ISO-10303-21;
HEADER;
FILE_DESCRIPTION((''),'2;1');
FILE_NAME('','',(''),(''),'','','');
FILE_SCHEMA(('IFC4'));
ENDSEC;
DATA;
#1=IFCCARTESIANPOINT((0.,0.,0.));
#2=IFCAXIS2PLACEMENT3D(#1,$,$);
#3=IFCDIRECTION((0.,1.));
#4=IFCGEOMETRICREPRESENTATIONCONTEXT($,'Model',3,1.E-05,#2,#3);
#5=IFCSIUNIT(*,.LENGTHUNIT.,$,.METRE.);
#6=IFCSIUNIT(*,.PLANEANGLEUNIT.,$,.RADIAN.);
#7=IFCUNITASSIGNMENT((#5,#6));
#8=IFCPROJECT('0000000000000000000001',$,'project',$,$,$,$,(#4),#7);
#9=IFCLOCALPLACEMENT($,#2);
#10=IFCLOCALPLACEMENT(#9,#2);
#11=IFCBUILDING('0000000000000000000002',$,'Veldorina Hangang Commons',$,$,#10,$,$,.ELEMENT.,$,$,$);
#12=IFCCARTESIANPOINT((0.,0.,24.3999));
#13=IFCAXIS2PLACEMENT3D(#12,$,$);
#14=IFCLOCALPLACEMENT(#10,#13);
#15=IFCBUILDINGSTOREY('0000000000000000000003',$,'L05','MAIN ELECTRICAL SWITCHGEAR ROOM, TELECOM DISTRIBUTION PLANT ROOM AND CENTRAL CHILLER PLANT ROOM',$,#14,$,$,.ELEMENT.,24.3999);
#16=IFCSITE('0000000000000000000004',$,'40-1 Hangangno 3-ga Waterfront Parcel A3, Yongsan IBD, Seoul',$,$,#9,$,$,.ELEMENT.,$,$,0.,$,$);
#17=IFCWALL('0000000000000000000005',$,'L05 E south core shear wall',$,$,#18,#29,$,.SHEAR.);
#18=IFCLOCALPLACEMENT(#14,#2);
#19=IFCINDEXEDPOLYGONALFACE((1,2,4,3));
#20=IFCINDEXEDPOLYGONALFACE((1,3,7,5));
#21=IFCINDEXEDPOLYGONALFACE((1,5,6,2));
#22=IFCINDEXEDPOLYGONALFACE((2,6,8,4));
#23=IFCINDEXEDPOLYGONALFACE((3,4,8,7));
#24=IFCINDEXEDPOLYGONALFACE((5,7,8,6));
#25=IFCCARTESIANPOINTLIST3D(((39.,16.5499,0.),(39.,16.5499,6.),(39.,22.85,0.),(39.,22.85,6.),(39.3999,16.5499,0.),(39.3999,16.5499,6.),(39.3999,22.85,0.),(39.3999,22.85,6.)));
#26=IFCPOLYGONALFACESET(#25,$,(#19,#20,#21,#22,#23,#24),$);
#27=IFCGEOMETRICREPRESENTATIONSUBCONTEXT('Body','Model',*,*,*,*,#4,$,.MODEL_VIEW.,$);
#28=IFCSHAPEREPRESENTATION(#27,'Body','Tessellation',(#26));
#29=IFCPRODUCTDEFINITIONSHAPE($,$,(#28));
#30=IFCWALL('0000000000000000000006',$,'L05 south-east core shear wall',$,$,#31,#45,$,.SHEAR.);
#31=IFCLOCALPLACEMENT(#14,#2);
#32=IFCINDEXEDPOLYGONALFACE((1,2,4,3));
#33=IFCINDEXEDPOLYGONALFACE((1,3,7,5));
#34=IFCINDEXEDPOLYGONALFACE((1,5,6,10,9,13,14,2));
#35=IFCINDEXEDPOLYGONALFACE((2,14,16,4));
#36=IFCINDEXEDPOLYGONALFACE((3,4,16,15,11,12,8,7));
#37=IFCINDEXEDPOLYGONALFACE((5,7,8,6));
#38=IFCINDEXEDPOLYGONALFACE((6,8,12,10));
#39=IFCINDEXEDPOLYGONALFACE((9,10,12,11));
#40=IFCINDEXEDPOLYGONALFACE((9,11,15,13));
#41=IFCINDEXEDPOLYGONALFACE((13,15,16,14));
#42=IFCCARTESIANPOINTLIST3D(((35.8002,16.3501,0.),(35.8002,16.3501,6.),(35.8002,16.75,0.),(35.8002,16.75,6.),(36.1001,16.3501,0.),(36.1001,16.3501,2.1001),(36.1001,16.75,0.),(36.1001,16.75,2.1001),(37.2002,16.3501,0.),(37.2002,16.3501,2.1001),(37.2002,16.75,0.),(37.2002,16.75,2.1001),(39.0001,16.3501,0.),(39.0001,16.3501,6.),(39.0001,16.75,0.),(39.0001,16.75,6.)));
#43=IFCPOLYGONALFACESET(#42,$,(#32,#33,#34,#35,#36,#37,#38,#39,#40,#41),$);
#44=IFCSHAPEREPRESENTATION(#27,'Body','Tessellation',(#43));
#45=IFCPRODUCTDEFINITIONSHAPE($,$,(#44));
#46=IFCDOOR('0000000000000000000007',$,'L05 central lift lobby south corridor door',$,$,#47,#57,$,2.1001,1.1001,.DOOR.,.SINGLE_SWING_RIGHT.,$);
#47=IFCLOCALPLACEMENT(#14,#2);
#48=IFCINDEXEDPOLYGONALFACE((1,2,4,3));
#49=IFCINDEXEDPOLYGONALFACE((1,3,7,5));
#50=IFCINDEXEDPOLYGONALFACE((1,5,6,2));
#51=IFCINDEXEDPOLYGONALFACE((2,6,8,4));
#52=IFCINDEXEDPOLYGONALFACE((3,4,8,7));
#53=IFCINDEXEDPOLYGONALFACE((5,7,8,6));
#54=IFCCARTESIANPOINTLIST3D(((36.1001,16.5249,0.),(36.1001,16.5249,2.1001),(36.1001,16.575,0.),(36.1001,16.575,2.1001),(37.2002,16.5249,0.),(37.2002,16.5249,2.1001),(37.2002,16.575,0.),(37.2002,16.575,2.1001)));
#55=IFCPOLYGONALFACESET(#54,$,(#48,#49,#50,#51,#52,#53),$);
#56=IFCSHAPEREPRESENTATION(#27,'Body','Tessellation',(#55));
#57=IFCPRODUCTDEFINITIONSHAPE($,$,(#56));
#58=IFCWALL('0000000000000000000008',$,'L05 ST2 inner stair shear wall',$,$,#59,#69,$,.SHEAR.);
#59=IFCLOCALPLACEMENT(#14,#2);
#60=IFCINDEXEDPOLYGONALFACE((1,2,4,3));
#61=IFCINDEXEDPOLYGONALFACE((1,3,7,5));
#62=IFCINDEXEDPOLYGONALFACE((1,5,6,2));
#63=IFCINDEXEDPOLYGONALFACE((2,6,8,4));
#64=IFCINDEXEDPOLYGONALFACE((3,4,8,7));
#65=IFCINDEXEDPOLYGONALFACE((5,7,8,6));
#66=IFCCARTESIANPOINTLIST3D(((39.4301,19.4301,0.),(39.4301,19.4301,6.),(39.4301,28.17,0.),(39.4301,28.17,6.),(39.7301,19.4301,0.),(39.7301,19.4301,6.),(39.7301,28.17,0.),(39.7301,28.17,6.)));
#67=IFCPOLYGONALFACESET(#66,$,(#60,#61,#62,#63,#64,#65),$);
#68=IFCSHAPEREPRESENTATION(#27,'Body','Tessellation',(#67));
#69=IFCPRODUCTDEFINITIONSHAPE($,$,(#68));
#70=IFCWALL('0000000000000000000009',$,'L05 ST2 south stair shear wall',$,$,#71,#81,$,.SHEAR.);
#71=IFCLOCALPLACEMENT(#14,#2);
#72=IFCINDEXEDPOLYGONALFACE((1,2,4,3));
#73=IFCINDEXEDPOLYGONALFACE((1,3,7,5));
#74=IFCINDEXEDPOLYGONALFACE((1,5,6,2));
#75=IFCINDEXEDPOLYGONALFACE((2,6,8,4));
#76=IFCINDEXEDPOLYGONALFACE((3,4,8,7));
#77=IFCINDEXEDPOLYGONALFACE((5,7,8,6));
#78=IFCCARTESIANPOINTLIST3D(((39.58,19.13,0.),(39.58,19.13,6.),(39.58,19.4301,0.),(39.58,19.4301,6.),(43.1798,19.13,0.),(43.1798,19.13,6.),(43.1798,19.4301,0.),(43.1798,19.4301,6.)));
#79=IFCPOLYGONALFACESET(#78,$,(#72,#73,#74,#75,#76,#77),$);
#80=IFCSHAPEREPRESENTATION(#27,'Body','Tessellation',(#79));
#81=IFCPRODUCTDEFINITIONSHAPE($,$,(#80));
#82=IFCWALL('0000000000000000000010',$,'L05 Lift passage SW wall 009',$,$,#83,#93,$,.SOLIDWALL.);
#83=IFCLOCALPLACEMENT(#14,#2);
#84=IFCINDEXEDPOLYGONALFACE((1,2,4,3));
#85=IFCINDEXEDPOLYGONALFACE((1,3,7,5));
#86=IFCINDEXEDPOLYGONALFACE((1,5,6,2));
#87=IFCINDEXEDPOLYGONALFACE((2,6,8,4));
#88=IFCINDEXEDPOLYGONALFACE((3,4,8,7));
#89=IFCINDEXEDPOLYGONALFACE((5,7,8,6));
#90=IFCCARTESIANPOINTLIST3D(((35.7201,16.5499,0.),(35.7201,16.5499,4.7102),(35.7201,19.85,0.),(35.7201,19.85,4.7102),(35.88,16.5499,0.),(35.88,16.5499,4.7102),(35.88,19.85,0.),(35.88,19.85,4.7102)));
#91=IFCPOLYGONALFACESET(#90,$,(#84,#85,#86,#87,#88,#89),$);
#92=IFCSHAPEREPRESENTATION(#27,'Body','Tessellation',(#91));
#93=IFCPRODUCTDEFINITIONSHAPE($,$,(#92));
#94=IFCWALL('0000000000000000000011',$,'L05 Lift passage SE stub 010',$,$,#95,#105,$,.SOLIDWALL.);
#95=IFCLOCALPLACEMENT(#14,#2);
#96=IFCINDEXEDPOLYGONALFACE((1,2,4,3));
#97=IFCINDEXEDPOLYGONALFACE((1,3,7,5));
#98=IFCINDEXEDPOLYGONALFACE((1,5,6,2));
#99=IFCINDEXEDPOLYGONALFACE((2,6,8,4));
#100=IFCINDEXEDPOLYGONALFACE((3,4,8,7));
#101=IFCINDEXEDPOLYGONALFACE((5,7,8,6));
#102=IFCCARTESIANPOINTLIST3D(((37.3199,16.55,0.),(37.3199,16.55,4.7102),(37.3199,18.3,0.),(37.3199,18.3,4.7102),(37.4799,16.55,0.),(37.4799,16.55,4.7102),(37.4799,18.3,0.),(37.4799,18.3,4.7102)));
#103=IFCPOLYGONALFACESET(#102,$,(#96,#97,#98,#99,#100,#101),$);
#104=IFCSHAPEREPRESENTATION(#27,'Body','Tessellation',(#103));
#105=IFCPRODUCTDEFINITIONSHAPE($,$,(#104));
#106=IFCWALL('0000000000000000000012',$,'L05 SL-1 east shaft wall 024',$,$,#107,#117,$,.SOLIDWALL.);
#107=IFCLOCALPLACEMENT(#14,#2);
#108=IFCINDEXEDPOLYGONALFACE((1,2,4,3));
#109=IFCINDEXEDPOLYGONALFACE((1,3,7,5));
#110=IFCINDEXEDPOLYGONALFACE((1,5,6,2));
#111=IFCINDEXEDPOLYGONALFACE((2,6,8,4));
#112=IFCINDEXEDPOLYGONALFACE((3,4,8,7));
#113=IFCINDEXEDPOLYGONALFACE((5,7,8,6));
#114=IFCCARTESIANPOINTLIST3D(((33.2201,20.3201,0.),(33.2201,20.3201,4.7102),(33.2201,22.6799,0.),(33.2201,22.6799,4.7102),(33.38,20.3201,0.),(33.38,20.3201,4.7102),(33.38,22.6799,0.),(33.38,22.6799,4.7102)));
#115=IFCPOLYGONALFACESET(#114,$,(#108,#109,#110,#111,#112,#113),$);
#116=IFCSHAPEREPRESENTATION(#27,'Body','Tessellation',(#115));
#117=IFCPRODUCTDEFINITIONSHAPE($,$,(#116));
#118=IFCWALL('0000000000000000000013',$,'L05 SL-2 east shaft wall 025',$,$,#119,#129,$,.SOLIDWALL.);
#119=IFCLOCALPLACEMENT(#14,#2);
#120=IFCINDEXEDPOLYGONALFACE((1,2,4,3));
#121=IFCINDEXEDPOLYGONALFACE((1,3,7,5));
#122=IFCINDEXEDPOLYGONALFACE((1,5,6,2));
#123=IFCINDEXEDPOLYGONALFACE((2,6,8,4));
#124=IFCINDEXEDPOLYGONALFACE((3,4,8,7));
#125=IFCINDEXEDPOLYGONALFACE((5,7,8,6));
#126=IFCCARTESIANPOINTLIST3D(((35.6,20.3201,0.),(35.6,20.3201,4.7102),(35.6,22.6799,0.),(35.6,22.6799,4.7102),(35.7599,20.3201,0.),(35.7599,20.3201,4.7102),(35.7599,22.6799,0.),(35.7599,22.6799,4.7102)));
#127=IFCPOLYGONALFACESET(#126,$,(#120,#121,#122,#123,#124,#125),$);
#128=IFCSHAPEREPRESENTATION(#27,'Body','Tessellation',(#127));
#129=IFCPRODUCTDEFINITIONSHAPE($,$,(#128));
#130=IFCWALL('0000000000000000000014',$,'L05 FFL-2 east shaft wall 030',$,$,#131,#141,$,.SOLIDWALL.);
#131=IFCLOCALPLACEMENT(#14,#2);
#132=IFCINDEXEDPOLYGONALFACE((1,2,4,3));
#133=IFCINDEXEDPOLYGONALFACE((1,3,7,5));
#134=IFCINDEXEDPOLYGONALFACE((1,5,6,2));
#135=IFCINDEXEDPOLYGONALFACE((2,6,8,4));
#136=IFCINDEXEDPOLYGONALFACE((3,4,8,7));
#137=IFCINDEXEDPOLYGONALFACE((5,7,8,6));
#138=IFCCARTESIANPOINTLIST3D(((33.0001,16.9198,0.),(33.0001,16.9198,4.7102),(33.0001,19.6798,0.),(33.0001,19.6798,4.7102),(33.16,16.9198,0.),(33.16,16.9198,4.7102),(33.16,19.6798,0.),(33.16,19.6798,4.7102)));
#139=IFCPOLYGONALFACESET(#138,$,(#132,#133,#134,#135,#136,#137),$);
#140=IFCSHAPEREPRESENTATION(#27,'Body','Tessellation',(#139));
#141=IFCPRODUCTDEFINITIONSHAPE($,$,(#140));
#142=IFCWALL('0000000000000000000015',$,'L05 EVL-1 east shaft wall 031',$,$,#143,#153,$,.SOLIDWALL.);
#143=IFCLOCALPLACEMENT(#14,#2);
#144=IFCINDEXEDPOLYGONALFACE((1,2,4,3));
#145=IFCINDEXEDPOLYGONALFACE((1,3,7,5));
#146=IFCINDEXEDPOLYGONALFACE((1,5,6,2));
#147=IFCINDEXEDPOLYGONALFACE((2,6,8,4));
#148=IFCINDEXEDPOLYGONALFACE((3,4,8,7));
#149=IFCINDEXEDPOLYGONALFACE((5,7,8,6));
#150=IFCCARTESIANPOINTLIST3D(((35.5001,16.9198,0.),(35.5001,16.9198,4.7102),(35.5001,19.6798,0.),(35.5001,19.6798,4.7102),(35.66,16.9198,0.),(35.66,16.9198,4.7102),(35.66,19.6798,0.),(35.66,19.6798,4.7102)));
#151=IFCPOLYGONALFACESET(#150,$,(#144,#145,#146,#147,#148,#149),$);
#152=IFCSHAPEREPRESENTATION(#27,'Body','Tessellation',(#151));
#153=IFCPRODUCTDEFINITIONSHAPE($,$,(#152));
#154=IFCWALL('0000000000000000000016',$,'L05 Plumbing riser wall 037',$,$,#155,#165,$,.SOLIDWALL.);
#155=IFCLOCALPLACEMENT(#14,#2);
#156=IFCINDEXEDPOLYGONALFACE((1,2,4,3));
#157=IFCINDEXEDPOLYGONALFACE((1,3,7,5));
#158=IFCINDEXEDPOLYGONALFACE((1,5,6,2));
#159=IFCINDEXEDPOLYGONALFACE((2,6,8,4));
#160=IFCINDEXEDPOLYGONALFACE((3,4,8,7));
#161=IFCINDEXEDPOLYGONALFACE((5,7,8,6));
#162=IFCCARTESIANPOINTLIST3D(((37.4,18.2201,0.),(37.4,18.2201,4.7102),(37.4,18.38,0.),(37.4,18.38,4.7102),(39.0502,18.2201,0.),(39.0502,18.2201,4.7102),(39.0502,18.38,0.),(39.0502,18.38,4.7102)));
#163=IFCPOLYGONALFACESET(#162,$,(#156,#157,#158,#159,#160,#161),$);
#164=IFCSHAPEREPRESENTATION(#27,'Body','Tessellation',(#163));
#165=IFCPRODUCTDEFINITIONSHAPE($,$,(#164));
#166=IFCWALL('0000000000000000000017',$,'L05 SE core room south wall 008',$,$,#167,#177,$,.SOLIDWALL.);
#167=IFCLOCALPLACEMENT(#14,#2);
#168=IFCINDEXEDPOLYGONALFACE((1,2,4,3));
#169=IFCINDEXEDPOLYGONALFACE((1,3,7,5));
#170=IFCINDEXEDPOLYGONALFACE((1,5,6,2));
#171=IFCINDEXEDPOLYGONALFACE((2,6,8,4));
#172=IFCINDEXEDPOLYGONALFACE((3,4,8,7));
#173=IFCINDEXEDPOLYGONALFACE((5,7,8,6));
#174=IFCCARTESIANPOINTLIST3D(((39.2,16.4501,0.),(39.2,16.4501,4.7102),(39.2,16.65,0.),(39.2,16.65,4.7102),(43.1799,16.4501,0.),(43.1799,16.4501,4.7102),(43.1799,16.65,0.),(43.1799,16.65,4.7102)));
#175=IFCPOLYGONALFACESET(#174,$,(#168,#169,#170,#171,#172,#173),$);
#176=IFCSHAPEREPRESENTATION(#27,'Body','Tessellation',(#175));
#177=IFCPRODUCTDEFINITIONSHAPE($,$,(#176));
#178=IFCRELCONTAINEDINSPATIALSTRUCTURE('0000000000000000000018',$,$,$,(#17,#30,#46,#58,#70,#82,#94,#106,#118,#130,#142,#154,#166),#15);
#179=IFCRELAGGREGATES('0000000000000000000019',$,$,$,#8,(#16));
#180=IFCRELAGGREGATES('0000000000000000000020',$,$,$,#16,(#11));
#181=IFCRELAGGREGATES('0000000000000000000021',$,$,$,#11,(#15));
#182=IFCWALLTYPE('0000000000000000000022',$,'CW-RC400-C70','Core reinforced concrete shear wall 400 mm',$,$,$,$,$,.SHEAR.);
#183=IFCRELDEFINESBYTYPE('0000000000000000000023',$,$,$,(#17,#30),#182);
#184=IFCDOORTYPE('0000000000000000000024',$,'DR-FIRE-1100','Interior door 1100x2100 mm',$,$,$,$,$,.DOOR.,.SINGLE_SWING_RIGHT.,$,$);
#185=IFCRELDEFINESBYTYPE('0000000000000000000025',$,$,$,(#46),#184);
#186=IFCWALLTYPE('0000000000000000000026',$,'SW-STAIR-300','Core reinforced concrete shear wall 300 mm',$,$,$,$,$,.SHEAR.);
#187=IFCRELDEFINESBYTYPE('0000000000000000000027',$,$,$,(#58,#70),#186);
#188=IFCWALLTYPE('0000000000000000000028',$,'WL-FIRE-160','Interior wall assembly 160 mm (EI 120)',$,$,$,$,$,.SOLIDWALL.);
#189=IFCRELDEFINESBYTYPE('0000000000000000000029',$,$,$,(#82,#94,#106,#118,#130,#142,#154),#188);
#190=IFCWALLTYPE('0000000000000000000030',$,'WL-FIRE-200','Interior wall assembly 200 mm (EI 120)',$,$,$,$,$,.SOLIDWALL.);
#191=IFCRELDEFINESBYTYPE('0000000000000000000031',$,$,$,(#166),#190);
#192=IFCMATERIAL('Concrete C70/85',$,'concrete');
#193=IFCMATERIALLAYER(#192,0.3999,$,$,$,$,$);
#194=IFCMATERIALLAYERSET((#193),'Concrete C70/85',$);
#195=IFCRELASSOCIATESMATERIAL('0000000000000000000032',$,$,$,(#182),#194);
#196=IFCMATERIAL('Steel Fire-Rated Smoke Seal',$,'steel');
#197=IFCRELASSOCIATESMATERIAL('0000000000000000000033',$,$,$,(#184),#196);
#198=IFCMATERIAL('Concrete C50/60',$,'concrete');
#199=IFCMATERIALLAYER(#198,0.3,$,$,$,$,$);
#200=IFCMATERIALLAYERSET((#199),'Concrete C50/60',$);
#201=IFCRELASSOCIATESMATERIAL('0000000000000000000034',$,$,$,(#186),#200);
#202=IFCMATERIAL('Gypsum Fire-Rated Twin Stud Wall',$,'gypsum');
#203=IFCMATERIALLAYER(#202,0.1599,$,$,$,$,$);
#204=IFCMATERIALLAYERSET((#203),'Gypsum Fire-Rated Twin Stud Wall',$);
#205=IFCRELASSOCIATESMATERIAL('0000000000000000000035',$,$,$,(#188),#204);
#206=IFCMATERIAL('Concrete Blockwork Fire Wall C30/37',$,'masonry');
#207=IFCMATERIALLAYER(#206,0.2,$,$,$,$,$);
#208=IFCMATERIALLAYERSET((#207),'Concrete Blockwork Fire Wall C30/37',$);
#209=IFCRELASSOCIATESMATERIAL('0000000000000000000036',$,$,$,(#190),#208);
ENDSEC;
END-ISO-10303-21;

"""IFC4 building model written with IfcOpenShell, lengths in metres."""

from ifc_helpers import new_model, si_unit, direction, frame, frame_2d, origin, place, context, subcontext, project, spatial, rectangle, extrude, material, layer, layer_set, type_object, element, fill, save


model = new_model("IFC4")

# Units and contexts
model_context = context("Model", 3, precision=1e-05, world=origin(), true_north=direction((0.0, 1.0)))
body_context = subcontext(model_context, "Body", "Model", "MODEL_VIEW")
ifc_project = project(units=[si_unit("LENGTHUNIT", "METRE"), si_unit("PLANEANGLEUNIT", "RADIAN")], contexts=[model_context])

# Site, building, storey
site_placement = place(None, origin())
site = spatial("IfcSite", under=ifc_project, at=site_placement, Name="40-1 Hangangno 3-ga Waterfront Parcel A3, Yongsan IBD, Seoul", CompositionType="ELEMENT", RefElevation=0.0)
building_placement = place(site_placement, origin())
building = spatial("IfcBuilding", under=site, at=building_placement, Name="Veldorina Hangang Commons", CompositionType="ELEMENT")
storey_placement = place(building_placement, frame((0.0, 0.0, 24.3999)))
storey = spatial("IfcBuildingStorey", under=building, at=storey_placement, Name="L05", Description="MAIN ELECTRICAL SWITCHGEAR ROOM, TELECOM DISTRIBUTION PLANT ROOM AND CENTRAL CHILLER PLANT ROOM", CompositionType="ELEMENT", Elevation=24.3999)

# Shared definitions
ifc_material_1 = material(Name="Concrete C70/85", Category="concrete")

# Wall
ifc_layer_1 = layer(ifc_material_1, 0.3999)
ifc_layer_set_1 = layer_set([ifc_layer_1], Name="Concrete C70/85")
wall_type_1 = type_object("IfcWallType", Name="CW-RC400-C70", Description="Core reinforced concrete shear wall 400 mm", PredefinedType="SHEAR", material=ifc_layer_set_1)
wall_1_placement = place(storey_placement, frame((39.2, 16.55, 0.0), z_axis=(0.0, 0.0, 1.0), x_axis=(0.0, 1.0, 0.0)))
element("IfcWall", 1, at=wall_1_placement, inside=storey, type_object=wall_type_1, Name="L05 E south core shear wall", PredefinedType="SHEAR", context=body_context, shape_type="SweptSolid", body=[
    extrude(rectangle(XDim=6.3, YDim=0.3999, at=frame_2d((3.1499, 0.0))), origin(), (0.0, 0.0, 1.0), 6.0),
])

# Wall, opening, door
wall_2_placement = place(storey_placement, frame((35.8, 16.55, 0.0), z_axis=(0.0, 0.0, 1.0), x_axis=(1.0, 0.0, 0.0)))
wall_2 = element("IfcWall", 2, at=wall_2_placement, inside=storey, type_object=wall_type_1, Name="L05 south-east core shear wall", PredefinedType="SHEAR", context=body_context, shape_type="SweptSolid", body=[
    extrude(rectangle(XDim=3.2, YDim=0.3999, at=frame_2d((1.6001, 0.0))), origin(), (0.0, 0.0, 1.0), 6.0),
])
opening_1_placement = place(wall_2_placement, frame((0.3, 0.0, 0.0)))
opening_1 = element("IfcOpeningElement", 3, at=opening_1_placement, cuts=wall_2, PredefinedType="OPENING", context=body_context, shape_type="SweptSolid", body=[
    extrude(rectangle(XDim=1.1001, YDim=2.1001, at=frame_2d((0.55, 1.05))), frame((0.0, 0.21, 0.0), z_axis=(0.0, -1.0, 0.0), x_axis=(1.0, 0.0, 0.0)), (0.0, 0.0, 1.0), 0.4199),
])
ifc_material_2 = material(Name="Steel Fire-Rated Smoke Seal", Category="steel")
door_type_1 = type_object("IfcDoorType", Name="DR-FIRE-1100", Description="Interior door 1100x2100 mm", OperationType="SINGLE_SWING_RIGHT", PredefinedType="DOOR", material=ifc_material_2)
door_1_placement = place(opening_1_placement, origin())
door_1 = element("IfcDoor", 4, at=door_1_placement, inside=storey, type_object=door_type_1, Name="L05 central lift lobby south corridor door", OperationType="SINGLE_SWING_RIGHT", OverallHeight=2.1001, OverallWidth=1.1001, PredefinedType="DOOR", context=body_context, shape_type="SweptSolid", body=[
    extrude(rectangle(XDim=1.1001, YDim=2.1001, at=frame_2d((0.55, 1.05))), frame((0.0, 0.0249, 0.0), z_axis=(0.0, -1.0, 0.0), x_axis=(1.0, 0.0, 0.0)), (0.0, 0.0, 1.0), 0.05),
])
fill(opening_1, door_1)

# Walls
ifc_material_3 = material(Name="Concrete C50/60", Category="concrete")
ifc_layer_2 = layer(ifc_material_3, 0.3)
ifc_layer_set_2 = layer_set([ifc_layer_2], Name="Concrete C50/60")
wall_type_2 = type_object("IfcWallType", Name="SW-STAIR-300", Description="Core reinforced concrete shear wall 300 mm", PredefinedType="SHEAR", material=ifc_layer_set_2)
wall_3_placement = place(storey_placement, frame((39.5801, 19.4299, 0.0), z_axis=(0.0, 0.0, 1.0), x_axis=(0.0, 1.0, 0.0)))
element("IfcWall", 5, at=wall_3_placement, inside=storey, type_object=wall_type_2, Name="L05 ST2 inner stair shear wall", PredefinedType="SHEAR", context=body_context, shape_type="SweptSolid", body=[
    extrude(rectangle(XDim=8.74, YDim=0.3, at=frame_2d((4.3701, 0.0))), origin(), (0.0, 0.0, 1.0), 6.0),
])
wall_4_placement = place(storey_placement, frame((39.5801, 19.28, 0.0), z_axis=(0.0, 0.0, 1.0), x_axis=(1.0, 0.0, 0.0)))
element("IfcWall", 6, at=wall_4_placement, inside=storey, type_object=wall_type_2, Name="L05 ST2 south stair shear wall", PredefinedType="SHEAR", context=body_context, shape_type="SweptSolid", body=[
    extrude(rectangle(XDim=3.5999, YDim=0.3, at=frame_2d((1.7998, 0.0))), origin(), (0.0, 0.0, 1.0), 6.0),
])
ifc_material_4 = material(Name="Gypsum Fire-Rated Twin Stud Wall", Category="gypsum")
ifc_layer_3 = layer(ifc_material_4, 0.1599)
ifc_layer_set_3 = layer_set([ifc_layer_3], Name="Gypsum Fire-Rated Twin Stud Wall")
wall_type_3 = type_object("IfcWallType", Name="WL-FIRE-160", Description="Interior wall assembly 160 mm (EI 120)", PredefinedType="SOLIDWALL", material=ifc_layer_set_3)
wall_5_placement = place(storey_placement, frame((35.8, 16.55, 0.0), z_axis=(0.0, 0.0, 1.0), x_axis=(0.0, 1.0, 0.0)))
element("IfcWall", 7, at=wall_5_placement, inside=storey, type_object=wall_type_3, Name="L05 Lift passage SW wall 009", PredefinedType="SOLIDWALL", context=body_context, shape_type="SweptSolid", body=[
    extrude(rectangle(XDim=3.3, YDim=0.1599, at=frame_2d((1.6499, 0.0))), origin(), (0.0, 0.0, 1.0), 4.7102),
])
wall_6_placement = place(storey_placement, frame((37.3999, 16.55, 0.0), z_axis=(0.0, 0.0, 1.0), x_axis=(0.0, 1.0, 0.0)))
element("IfcWall", 8, at=wall_6_placement, inside=storey, type_object=wall_type_3, Name="L05 Lift passage SE stub 010", PredefinedType="SOLIDWALL", context=body_context, shape_type="SweptSolid", body=[
    extrude(rectangle(XDim=1.75, YDim=0.1599, at=frame_2d((0.875, 0.0))), origin(), (0.0, 0.0, 1.0), 4.7102),
])
for number, where, z_axis, x_axis, name in (
    (9, (33.3, 20.3201, 0.0), (0.0, 0.0, 1.0), (0.0, 1.0, 0.0), "L05 SL-1 east shaft wall 024"),
    (10, (35.6799, 20.3201, 0.0), (0.0, 0.0, 1.0), (0.0, 1.0, 0.0), "L05 SL-2 east shaft wall 025"),
):
    element("IfcWall", number, at=place(storey_placement, frame(where, z_axis=z_axis, x_axis=x_axis)), inside=storey, type_object=wall_type_3, Name=name, PredefinedType="SOLIDWALL", context=body_context, shape_type="SweptSolid", body=[
        extrude(rectangle(XDim=2.3599, YDim=0.1599, at=frame_2d((1.1799, 0.0))), origin(), (0.0, 0.0, 1.0), 4.7102),
    ])
for number, where, z_axis, x_axis, name in (
    (11, (33.0801, 16.9199, 0.0), (0.0, 0.0, 1.0), (0.0, 1.0, 0.0), "L05 FFL-2 east shaft wall 030"),
    (12, (35.5801, 16.9199, 0.0), (0.0, 0.0, 1.0), (0.0, 1.0, 0.0), "L05 EVL-1 east shaft wall 031"),
):
    element("IfcWall", number, at=place(storey_placement, frame(where, z_axis=z_axis, x_axis=x_axis)), inside=storey, type_object=wall_type_3, Name=name, PredefinedType="SOLIDWALL", context=body_context, shape_type="SweptSolid", body=[
        extrude(rectangle(XDim=2.76, YDim=0.1599, at=frame_2d((1.3799, 0.0))), origin(), (0.0, 0.0, 1.0), 4.7102),
    ])
wall_7_placement = place(storey_placement, frame((37.3999, 18.3, 0.0), z_axis=(0.0, 0.0, 1.0), x_axis=(1.0, 0.0, 0.0)))
element("IfcWall", 13, at=wall_7_placement, inside=storey, type_object=wall_type_3, Name="L05 Plumbing riser wall 037", PredefinedType="SOLIDWALL", context=body_context, shape_type="SweptSolid", body=[
    extrude(rectangle(XDim=1.6501, YDim=0.1599, at=frame_2d((0.8252, 0.0))), origin(), (0.0, 0.0, 1.0), 4.7102),
])
ifc_material_5 = material(Name="Concrete Blockwork Fire Wall C30/37", Category="masonry")
ifc_layer_4 = layer(ifc_material_5, 0.2)
ifc_layer_set_4 = layer_set([ifc_layer_4], Name="Concrete Blockwork Fire Wall C30/37")
wall_type_4 = type_object("IfcWallType", Name="WL-FIRE-200", Description="Interior wall assembly 200 mm (EI 120)", PredefinedType="SOLIDWALL", material=ifc_layer_set_4)
wall_8_placement = place(storey_placement, frame((39.2, 16.55, 0.0), z_axis=(0.0, 0.0, 1.0), x_axis=(1.0, 0.0, 0.0)))
element("IfcWall", 14, at=wall_8_placement, inside=storey, type_object=wall_type_4, Name="L05 SE core room south wall 008", PredefinedType="SOLIDWALL", context=body_context, shape_type="SweptSolid", body=[
    extrude(rectangle(XDim=3.98, YDim=0.2, at=frame_2d((1.99, 0.0))), origin(), (0.0, 0.0, 1.0), 4.7102),
])

save(model, "model.ifc")
